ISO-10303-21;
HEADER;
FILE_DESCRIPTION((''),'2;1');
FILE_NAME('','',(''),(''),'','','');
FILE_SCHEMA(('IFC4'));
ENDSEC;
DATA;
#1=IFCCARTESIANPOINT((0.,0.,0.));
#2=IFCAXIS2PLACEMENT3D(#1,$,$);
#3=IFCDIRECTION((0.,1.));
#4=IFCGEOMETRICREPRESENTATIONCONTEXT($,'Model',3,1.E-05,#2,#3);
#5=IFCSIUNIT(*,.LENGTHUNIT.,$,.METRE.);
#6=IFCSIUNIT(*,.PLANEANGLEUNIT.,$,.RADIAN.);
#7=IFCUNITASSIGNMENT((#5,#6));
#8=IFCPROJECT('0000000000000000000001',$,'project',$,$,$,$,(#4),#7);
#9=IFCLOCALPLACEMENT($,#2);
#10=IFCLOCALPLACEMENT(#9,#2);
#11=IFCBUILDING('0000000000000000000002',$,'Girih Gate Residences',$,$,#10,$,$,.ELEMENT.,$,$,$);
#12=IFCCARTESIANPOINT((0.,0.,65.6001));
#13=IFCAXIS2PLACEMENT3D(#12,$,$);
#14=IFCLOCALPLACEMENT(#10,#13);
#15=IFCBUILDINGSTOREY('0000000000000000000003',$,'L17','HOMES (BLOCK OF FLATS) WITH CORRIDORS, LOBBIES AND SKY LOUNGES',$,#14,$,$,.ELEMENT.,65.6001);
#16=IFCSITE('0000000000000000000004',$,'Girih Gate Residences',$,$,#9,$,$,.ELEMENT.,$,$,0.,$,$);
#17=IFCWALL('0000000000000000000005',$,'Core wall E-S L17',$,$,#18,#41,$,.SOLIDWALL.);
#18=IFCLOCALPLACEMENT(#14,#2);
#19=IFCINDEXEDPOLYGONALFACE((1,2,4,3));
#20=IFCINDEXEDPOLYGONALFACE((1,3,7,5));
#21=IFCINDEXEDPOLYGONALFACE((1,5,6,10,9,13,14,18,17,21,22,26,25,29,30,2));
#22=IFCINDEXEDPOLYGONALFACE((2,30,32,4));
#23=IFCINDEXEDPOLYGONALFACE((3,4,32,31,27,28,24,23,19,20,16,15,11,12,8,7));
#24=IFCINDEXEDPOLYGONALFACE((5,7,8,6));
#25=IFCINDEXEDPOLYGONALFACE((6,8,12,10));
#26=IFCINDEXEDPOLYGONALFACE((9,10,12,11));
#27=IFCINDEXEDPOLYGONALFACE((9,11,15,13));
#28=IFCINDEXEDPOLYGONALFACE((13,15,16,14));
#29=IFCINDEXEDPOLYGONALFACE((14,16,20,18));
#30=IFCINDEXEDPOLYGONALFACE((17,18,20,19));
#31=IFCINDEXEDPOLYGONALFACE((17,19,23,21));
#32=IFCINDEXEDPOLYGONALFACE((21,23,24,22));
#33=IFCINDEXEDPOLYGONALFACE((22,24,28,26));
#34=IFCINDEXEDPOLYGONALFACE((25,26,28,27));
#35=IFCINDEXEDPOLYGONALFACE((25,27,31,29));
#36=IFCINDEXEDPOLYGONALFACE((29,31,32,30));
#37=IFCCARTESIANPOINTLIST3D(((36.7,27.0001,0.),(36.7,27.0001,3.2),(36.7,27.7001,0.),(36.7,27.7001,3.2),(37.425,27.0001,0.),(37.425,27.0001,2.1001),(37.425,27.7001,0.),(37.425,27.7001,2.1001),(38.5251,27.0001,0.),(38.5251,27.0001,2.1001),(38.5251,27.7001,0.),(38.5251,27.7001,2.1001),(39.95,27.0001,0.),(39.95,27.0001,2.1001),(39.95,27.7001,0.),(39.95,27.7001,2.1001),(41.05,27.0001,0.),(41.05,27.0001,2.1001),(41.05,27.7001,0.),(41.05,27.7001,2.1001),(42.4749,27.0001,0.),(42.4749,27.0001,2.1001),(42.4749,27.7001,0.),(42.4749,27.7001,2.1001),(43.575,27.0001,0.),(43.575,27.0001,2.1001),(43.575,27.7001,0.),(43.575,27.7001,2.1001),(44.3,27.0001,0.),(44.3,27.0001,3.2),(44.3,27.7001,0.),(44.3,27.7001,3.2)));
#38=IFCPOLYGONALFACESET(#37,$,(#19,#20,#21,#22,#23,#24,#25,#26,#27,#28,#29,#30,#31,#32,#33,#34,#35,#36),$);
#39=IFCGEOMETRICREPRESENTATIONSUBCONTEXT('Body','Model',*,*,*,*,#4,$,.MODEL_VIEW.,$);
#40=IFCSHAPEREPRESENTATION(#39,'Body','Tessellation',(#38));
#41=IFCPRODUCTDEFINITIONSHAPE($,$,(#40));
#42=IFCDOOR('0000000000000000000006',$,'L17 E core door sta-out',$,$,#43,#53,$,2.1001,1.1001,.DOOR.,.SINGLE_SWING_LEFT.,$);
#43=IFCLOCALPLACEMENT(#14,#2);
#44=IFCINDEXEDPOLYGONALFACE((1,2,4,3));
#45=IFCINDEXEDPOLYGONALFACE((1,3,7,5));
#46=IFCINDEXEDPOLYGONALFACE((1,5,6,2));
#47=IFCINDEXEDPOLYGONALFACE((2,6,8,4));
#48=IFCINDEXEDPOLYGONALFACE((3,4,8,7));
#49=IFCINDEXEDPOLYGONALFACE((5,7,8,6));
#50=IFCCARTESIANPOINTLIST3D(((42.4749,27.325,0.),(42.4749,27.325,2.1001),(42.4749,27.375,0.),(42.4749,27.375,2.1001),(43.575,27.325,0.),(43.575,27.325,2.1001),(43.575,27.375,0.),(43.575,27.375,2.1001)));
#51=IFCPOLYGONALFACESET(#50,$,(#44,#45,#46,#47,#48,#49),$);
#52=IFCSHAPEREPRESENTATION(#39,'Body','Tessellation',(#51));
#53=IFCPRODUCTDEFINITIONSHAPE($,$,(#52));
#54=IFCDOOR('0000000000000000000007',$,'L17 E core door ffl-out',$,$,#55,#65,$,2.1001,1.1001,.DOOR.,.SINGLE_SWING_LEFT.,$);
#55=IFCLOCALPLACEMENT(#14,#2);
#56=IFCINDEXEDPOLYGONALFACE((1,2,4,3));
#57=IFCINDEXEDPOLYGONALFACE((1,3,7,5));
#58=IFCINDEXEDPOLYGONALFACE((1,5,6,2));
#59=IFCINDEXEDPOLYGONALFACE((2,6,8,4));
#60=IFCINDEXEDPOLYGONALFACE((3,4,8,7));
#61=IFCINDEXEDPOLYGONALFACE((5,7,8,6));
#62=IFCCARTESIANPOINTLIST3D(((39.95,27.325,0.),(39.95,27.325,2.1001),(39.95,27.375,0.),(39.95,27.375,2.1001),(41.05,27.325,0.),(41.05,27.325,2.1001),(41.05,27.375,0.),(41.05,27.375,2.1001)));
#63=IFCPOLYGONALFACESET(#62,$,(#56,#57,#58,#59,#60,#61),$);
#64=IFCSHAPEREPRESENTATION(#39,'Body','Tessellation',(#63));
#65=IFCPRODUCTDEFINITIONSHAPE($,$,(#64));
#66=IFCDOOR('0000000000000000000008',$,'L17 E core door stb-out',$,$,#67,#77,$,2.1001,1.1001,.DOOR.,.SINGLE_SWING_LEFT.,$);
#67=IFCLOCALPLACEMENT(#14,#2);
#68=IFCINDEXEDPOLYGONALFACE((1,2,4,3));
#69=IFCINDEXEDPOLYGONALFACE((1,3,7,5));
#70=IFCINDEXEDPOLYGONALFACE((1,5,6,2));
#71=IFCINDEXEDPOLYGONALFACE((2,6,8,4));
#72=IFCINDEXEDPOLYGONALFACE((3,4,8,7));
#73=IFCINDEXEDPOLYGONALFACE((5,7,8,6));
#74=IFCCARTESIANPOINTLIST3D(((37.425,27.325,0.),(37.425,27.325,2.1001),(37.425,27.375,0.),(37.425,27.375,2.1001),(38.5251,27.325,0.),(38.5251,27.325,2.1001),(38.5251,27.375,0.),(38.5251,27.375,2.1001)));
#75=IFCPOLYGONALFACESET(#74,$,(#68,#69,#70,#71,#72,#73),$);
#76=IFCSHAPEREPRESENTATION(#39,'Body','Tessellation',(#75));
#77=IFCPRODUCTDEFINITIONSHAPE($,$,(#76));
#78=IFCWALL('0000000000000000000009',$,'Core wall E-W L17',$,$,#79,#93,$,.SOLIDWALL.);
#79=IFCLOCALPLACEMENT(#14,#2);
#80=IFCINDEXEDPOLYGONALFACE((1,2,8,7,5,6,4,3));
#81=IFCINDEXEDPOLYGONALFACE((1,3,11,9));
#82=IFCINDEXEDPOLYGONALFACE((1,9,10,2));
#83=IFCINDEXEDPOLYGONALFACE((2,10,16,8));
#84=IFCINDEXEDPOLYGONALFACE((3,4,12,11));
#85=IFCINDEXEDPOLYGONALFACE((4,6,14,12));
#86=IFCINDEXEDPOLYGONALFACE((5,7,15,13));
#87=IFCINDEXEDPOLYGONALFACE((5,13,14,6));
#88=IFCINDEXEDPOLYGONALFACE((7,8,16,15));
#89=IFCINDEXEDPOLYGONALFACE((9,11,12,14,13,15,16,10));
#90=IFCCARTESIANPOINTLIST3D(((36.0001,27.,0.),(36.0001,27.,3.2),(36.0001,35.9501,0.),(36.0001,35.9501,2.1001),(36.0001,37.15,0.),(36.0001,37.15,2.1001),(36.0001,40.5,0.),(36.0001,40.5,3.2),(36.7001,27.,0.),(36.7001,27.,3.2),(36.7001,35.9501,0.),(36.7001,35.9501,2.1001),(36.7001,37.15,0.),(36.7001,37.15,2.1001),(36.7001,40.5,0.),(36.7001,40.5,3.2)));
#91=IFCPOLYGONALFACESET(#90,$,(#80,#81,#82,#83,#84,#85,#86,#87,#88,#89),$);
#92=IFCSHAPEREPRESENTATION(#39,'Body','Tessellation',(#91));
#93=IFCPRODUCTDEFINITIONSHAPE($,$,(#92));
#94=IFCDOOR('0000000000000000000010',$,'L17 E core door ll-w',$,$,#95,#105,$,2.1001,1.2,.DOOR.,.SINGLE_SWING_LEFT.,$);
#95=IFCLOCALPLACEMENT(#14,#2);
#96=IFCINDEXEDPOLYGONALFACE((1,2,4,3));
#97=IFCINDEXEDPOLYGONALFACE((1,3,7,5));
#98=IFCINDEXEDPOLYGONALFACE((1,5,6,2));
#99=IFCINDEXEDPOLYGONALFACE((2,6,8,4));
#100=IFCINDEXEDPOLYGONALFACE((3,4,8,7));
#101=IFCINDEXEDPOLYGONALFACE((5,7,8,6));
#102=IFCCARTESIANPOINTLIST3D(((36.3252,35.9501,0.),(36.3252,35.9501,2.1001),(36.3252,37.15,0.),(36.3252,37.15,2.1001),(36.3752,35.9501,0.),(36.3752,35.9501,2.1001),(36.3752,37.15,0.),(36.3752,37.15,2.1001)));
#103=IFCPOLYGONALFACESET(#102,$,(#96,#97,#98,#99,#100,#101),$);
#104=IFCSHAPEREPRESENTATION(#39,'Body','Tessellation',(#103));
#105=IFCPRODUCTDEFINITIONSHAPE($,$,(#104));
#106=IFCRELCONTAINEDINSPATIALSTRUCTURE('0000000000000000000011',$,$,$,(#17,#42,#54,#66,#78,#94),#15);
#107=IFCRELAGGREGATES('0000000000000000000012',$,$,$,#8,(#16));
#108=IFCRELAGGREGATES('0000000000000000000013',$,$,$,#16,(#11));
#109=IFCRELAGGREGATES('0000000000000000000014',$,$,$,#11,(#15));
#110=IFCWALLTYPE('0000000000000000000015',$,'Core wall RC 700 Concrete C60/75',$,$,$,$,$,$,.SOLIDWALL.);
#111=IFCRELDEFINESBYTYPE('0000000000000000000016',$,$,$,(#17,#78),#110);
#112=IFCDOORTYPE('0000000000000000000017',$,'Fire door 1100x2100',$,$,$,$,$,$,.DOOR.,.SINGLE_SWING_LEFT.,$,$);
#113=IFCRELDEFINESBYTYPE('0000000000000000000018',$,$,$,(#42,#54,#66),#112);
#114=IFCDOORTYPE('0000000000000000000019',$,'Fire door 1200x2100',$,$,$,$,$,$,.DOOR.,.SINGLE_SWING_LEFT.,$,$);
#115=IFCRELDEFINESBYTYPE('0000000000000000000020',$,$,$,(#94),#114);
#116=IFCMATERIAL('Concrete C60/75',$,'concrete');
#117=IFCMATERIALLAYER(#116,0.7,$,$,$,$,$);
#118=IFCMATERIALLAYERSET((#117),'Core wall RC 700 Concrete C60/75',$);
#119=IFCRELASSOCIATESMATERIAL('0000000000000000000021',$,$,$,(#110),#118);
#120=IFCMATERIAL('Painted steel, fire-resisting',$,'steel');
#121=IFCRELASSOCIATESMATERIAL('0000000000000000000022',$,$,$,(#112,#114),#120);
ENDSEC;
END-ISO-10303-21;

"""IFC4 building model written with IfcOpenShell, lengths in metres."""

from ifc_helpers import new_model, si_unit, direction, frame, frame_2d, origin, place, context, subcontext, project, spatial, rectangle, extrude, material, layer, layer_set, type_object, element, fill, save


model = new_model("IFC4")

# Units and contexts
model_context = context("Model", 3, precision=1e-05, world=origin(), true_north=direction((0.0, 1.0)))
body_context = subcontext(model_context, "Body", "Model", "MODEL_VIEW")
ifc_project = project(units=[si_unit("LENGTHUNIT", "METRE"), si_unit("PLANEANGLEUNIT", "RADIAN")], contexts=[model_context])

# Site, building, storey
site_placement = place(None, origin())
site = spatial("IfcSite", under=ifc_project, at=site_placement, Name="Girih Gate Residences", CompositionType="ELEMENT", RefElevation=0.0)
building_placement = place(site_placement, origin())
building = spatial("IfcBuilding", under=site, at=building_placement, Name="Girih Gate Residences", CompositionType="ELEMENT")
storey_placement = place(building_placement, frame((0.0, 0.0, 65.6001)))
storey = spatial("IfcBuildingStorey", under=building, at=storey_placement, Name="L17", Description="HOMES (BLOCK OF FLATS) WITH CORRIDORS, LOBBIES AND SKY LOUNGES", CompositionType="ELEMENT", Elevation=65.6001)

# Shared definitions
ifc_material_1 = material(Name="Concrete C60/75", Category="concrete")

# Wall, openings, doors
ifc_layer_1 = layer(ifc_material_1, 0.7)
ifc_layer_set_1 = layer_set([ifc_layer_1], Name="Core wall RC 700 Concrete C60/75")
wall_type_1 = type_object("IfcWallType", Name="Core wall RC 700 Concrete C60/75", PredefinedType="SOLIDWALL", material=ifc_layer_set_1)
wall_1_placement = place(storey_placement, frame((36.7, 27.3501, 0.0), z_axis=(0.0, 0.0, 1.0), x_axis=(1.0, 0.0, 0.0)))
wall_1 = element("IfcWall", 1, at=wall_1_placement, inside=storey, type_object=wall_type_1, Name="Core wall E-S L17", PredefinedType="SOLIDWALL", context=body_context, shape_type="SweptSolid", body=[
    extrude(rectangle(XDim=7.6001, YDim=0.7, at=frame_2d((3.8, 0.0))), origin(), (0.0, 0.0, 1.0), 3.2),
])
opening_1_placement = place(wall_1_placement, frame((5.7749, 0.0, 0.0)))
opening_1 = element("IfcOpeningElement", 2, at=opening_1_placement, cuts=wall_1, PredefinedType="OPENING", context=body_context, shape_type="SweptSolid", body=[
    extrude(rectangle(XDim=1.1001, YDim=2.1001, at=frame_2d((0.55, 1.05))), frame((0.0, 0.3599, 0.0), z_axis=(0.0, -1.0, 0.0), x_axis=(1.0, 0.0, 0.0)), (0.0, 0.0, 1.0), 0.72),
])
opening_2_placement = place(wall_1_placement, frame((3.25, 0.0, 0.0)))
opening_2 = element("IfcOpeningElement", 3, at=opening_2_placement, cuts=wall_1, PredefinedType="OPENING", context=body_context, shape_type="SweptSolid", body=[
    extrude(rectangle(XDim=1.1001, YDim=2.1001, at=frame_2d((0.55, 1.05))), frame((0.0, 0.3599, 0.0), z_axis=(0.0, -1.0, 0.0), x_axis=(1.0, 0.0, 0.0)), (0.0, 0.0, 1.0), 0.72),
])
opening_3_placement = place(wall_1_placement, frame((0.7251, 0.0, 0.0)))
opening_3 = element("IfcOpeningElement", 4, at=opening_3_placement, cuts=wall_1, PredefinedType="OPENING", context=body_context, shape_type="SweptSolid", body=[
    extrude(rectangle(XDim=1.1001, YDim=2.1001, at=frame_2d((0.55, 1.05))), frame((0.0, 0.3599, 0.0), z_axis=(0.0, -1.0, 0.0), x_axis=(1.0, 0.0, 0.0)), (0.0, 0.0, 1.0), 0.72),
])
ifc_material_2 = material(Name="Painted steel, fire-resisting", Category="steel")
door_type_1 = type_object("IfcDoorType", Name="Fire door 1100x2100", OperationType="SINGLE_SWING_LEFT", PredefinedType="DOOR", material=ifc_material_2)
door_1_placement = place(opening_1_placement, origin())
door_1 = element("IfcDoor", 5, at=door_1_placement, inside=storey, type_object=door_type_1, Name="L17 E core door sta-out", OperationType="SINGLE_SWING_LEFT", OverallHeight=2.1001, OverallWidth=1.1001, PredefinedType="DOOR", context=body_context, shape_type="SweptSolid", body=[
    extrude(rectangle(XDim=1.1001, YDim=2.1001, at=frame_2d((0.55, 1.05))), frame((0.0, 0.0249, 0.0), z_axis=(0.0, -1.0, 0.0), x_axis=(1.0, 0.0, 0.0)), (0.0, 0.0, 1.0), 0.05),
])
fill(opening_1, door_1)
door_2_placement = place(opening_2_placement, origin())
door_2 = element("IfcDoor", 6, at=door_2_placement, inside=storey, type_object=door_type_1, Name="L17 E core door ffl-out", OperationType="SINGLE_SWING_LEFT", OverallHeight=2.1001, OverallWidth=1.1001, PredefinedType="DOOR", context=body_context, shape_type="SweptSolid", body=[
    extrude(rectangle(XDim=1.1001, YDim=2.1001, at=frame_2d((0.55, 1.05))), frame((0.0, 0.0249, 0.0), z_axis=(0.0, -1.0, 0.0), x_axis=(1.0, 0.0, 0.0)), (0.0, 0.0, 1.0), 0.05),
])
fill(opening_2, door_2)
door_3_placement = place(opening_3_placement, origin())
door_3 = element("IfcDoor", 7, at=door_3_placement, inside=storey, type_object=door_type_1, Name="L17 E core door stb-out", OperationType="SINGLE_SWING_LEFT", OverallHeight=2.1001, OverallWidth=1.1001, PredefinedType="DOOR", context=body_context, shape_type="SweptSolid", body=[
    extrude(rectangle(XDim=1.1001, YDim=2.1001, at=frame_2d((0.55, 1.05))), frame((0.0, 0.0249, 0.0), z_axis=(0.0, -1.0, 0.0), x_axis=(1.0, 0.0, 0.0)), (0.0, 0.0, 1.0), 0.05),
])
fill(opening_3, door_3)

# Wall, opening, door
wall_2_placement = place(storey_placement, frame((36.3501, 27.0, 0.0), z_axis=(0.0, 0.0, 1.0), x_axis=(0.0, 1.0, 0.0)))
wall_2 = element("IfcWall", 8, at=wall_2_placement, inside=storey, type_object=wall_type_1, Name="Core wall E-W L17", PredefinedType="SOLIDWALL", context=body_context, shape_type="SweptSolid", body=[
    extrude(rectangle(XDim=13.5, YDim=0.7, at=frame_2d((6.75, 0.0))), origin(), (0.0, 0.0, 1.0), 3.2),
])
opening_4_placement = place(wall_2_placement, frame((8.95, 0.0, 0.0)))
opening_4 = element("IfcOpeningElement", 9, at=opening_4_placement, cuts=wall_2, PredefinedType="OPENING", context=body_context, shape_type="SweptSolid", body=[
    extrude(rectangle(XDim=1.2, YDim=2.1001, at=frame_2d((0.6001, 1.05))), frame((0.0, 0.3599, 0.0), z_axis=(0.0, -1.0, 0.0), x_axis=(1.0, 0.0, 0.0)), (0.0, 0.0, 1.0), 0.72),
])
door_type_2 = type_object("IfcDoorType", Name="Fire door 1200x2100", OperationType="SINGLE_SWING_LEFT", PredefinedType="DOOR", material=ifc_material_2)
door_4_placement = place(opening_4_placement, origin())
door_4 = element("IfcDoor", 10, at=door_4_placement, inside=storey, type_object=door_type_2, Name="L17 E core door ll-w", OperationType="SINGLE_SWING_LEFT", OverallHeight=2.1001, OverallWidth=1.2, PredefinedType="DOOR", context=body_context, shape_type="SweptSolid", body=[
    extrude(rectangle(XDim=1.2, YDim=2.1001, at=frame_2d((0.6001, 1.05))), frame((0.0, 0.0249, 0.0), z_axis=(0.0, -1.0, 0.0), x_axis=(1.0, 0.0, 0.0)), (0.0, 0.0, 1.0), 0.05),
])
fill(opening_4, door_4)

save(model, "model.ifc")
